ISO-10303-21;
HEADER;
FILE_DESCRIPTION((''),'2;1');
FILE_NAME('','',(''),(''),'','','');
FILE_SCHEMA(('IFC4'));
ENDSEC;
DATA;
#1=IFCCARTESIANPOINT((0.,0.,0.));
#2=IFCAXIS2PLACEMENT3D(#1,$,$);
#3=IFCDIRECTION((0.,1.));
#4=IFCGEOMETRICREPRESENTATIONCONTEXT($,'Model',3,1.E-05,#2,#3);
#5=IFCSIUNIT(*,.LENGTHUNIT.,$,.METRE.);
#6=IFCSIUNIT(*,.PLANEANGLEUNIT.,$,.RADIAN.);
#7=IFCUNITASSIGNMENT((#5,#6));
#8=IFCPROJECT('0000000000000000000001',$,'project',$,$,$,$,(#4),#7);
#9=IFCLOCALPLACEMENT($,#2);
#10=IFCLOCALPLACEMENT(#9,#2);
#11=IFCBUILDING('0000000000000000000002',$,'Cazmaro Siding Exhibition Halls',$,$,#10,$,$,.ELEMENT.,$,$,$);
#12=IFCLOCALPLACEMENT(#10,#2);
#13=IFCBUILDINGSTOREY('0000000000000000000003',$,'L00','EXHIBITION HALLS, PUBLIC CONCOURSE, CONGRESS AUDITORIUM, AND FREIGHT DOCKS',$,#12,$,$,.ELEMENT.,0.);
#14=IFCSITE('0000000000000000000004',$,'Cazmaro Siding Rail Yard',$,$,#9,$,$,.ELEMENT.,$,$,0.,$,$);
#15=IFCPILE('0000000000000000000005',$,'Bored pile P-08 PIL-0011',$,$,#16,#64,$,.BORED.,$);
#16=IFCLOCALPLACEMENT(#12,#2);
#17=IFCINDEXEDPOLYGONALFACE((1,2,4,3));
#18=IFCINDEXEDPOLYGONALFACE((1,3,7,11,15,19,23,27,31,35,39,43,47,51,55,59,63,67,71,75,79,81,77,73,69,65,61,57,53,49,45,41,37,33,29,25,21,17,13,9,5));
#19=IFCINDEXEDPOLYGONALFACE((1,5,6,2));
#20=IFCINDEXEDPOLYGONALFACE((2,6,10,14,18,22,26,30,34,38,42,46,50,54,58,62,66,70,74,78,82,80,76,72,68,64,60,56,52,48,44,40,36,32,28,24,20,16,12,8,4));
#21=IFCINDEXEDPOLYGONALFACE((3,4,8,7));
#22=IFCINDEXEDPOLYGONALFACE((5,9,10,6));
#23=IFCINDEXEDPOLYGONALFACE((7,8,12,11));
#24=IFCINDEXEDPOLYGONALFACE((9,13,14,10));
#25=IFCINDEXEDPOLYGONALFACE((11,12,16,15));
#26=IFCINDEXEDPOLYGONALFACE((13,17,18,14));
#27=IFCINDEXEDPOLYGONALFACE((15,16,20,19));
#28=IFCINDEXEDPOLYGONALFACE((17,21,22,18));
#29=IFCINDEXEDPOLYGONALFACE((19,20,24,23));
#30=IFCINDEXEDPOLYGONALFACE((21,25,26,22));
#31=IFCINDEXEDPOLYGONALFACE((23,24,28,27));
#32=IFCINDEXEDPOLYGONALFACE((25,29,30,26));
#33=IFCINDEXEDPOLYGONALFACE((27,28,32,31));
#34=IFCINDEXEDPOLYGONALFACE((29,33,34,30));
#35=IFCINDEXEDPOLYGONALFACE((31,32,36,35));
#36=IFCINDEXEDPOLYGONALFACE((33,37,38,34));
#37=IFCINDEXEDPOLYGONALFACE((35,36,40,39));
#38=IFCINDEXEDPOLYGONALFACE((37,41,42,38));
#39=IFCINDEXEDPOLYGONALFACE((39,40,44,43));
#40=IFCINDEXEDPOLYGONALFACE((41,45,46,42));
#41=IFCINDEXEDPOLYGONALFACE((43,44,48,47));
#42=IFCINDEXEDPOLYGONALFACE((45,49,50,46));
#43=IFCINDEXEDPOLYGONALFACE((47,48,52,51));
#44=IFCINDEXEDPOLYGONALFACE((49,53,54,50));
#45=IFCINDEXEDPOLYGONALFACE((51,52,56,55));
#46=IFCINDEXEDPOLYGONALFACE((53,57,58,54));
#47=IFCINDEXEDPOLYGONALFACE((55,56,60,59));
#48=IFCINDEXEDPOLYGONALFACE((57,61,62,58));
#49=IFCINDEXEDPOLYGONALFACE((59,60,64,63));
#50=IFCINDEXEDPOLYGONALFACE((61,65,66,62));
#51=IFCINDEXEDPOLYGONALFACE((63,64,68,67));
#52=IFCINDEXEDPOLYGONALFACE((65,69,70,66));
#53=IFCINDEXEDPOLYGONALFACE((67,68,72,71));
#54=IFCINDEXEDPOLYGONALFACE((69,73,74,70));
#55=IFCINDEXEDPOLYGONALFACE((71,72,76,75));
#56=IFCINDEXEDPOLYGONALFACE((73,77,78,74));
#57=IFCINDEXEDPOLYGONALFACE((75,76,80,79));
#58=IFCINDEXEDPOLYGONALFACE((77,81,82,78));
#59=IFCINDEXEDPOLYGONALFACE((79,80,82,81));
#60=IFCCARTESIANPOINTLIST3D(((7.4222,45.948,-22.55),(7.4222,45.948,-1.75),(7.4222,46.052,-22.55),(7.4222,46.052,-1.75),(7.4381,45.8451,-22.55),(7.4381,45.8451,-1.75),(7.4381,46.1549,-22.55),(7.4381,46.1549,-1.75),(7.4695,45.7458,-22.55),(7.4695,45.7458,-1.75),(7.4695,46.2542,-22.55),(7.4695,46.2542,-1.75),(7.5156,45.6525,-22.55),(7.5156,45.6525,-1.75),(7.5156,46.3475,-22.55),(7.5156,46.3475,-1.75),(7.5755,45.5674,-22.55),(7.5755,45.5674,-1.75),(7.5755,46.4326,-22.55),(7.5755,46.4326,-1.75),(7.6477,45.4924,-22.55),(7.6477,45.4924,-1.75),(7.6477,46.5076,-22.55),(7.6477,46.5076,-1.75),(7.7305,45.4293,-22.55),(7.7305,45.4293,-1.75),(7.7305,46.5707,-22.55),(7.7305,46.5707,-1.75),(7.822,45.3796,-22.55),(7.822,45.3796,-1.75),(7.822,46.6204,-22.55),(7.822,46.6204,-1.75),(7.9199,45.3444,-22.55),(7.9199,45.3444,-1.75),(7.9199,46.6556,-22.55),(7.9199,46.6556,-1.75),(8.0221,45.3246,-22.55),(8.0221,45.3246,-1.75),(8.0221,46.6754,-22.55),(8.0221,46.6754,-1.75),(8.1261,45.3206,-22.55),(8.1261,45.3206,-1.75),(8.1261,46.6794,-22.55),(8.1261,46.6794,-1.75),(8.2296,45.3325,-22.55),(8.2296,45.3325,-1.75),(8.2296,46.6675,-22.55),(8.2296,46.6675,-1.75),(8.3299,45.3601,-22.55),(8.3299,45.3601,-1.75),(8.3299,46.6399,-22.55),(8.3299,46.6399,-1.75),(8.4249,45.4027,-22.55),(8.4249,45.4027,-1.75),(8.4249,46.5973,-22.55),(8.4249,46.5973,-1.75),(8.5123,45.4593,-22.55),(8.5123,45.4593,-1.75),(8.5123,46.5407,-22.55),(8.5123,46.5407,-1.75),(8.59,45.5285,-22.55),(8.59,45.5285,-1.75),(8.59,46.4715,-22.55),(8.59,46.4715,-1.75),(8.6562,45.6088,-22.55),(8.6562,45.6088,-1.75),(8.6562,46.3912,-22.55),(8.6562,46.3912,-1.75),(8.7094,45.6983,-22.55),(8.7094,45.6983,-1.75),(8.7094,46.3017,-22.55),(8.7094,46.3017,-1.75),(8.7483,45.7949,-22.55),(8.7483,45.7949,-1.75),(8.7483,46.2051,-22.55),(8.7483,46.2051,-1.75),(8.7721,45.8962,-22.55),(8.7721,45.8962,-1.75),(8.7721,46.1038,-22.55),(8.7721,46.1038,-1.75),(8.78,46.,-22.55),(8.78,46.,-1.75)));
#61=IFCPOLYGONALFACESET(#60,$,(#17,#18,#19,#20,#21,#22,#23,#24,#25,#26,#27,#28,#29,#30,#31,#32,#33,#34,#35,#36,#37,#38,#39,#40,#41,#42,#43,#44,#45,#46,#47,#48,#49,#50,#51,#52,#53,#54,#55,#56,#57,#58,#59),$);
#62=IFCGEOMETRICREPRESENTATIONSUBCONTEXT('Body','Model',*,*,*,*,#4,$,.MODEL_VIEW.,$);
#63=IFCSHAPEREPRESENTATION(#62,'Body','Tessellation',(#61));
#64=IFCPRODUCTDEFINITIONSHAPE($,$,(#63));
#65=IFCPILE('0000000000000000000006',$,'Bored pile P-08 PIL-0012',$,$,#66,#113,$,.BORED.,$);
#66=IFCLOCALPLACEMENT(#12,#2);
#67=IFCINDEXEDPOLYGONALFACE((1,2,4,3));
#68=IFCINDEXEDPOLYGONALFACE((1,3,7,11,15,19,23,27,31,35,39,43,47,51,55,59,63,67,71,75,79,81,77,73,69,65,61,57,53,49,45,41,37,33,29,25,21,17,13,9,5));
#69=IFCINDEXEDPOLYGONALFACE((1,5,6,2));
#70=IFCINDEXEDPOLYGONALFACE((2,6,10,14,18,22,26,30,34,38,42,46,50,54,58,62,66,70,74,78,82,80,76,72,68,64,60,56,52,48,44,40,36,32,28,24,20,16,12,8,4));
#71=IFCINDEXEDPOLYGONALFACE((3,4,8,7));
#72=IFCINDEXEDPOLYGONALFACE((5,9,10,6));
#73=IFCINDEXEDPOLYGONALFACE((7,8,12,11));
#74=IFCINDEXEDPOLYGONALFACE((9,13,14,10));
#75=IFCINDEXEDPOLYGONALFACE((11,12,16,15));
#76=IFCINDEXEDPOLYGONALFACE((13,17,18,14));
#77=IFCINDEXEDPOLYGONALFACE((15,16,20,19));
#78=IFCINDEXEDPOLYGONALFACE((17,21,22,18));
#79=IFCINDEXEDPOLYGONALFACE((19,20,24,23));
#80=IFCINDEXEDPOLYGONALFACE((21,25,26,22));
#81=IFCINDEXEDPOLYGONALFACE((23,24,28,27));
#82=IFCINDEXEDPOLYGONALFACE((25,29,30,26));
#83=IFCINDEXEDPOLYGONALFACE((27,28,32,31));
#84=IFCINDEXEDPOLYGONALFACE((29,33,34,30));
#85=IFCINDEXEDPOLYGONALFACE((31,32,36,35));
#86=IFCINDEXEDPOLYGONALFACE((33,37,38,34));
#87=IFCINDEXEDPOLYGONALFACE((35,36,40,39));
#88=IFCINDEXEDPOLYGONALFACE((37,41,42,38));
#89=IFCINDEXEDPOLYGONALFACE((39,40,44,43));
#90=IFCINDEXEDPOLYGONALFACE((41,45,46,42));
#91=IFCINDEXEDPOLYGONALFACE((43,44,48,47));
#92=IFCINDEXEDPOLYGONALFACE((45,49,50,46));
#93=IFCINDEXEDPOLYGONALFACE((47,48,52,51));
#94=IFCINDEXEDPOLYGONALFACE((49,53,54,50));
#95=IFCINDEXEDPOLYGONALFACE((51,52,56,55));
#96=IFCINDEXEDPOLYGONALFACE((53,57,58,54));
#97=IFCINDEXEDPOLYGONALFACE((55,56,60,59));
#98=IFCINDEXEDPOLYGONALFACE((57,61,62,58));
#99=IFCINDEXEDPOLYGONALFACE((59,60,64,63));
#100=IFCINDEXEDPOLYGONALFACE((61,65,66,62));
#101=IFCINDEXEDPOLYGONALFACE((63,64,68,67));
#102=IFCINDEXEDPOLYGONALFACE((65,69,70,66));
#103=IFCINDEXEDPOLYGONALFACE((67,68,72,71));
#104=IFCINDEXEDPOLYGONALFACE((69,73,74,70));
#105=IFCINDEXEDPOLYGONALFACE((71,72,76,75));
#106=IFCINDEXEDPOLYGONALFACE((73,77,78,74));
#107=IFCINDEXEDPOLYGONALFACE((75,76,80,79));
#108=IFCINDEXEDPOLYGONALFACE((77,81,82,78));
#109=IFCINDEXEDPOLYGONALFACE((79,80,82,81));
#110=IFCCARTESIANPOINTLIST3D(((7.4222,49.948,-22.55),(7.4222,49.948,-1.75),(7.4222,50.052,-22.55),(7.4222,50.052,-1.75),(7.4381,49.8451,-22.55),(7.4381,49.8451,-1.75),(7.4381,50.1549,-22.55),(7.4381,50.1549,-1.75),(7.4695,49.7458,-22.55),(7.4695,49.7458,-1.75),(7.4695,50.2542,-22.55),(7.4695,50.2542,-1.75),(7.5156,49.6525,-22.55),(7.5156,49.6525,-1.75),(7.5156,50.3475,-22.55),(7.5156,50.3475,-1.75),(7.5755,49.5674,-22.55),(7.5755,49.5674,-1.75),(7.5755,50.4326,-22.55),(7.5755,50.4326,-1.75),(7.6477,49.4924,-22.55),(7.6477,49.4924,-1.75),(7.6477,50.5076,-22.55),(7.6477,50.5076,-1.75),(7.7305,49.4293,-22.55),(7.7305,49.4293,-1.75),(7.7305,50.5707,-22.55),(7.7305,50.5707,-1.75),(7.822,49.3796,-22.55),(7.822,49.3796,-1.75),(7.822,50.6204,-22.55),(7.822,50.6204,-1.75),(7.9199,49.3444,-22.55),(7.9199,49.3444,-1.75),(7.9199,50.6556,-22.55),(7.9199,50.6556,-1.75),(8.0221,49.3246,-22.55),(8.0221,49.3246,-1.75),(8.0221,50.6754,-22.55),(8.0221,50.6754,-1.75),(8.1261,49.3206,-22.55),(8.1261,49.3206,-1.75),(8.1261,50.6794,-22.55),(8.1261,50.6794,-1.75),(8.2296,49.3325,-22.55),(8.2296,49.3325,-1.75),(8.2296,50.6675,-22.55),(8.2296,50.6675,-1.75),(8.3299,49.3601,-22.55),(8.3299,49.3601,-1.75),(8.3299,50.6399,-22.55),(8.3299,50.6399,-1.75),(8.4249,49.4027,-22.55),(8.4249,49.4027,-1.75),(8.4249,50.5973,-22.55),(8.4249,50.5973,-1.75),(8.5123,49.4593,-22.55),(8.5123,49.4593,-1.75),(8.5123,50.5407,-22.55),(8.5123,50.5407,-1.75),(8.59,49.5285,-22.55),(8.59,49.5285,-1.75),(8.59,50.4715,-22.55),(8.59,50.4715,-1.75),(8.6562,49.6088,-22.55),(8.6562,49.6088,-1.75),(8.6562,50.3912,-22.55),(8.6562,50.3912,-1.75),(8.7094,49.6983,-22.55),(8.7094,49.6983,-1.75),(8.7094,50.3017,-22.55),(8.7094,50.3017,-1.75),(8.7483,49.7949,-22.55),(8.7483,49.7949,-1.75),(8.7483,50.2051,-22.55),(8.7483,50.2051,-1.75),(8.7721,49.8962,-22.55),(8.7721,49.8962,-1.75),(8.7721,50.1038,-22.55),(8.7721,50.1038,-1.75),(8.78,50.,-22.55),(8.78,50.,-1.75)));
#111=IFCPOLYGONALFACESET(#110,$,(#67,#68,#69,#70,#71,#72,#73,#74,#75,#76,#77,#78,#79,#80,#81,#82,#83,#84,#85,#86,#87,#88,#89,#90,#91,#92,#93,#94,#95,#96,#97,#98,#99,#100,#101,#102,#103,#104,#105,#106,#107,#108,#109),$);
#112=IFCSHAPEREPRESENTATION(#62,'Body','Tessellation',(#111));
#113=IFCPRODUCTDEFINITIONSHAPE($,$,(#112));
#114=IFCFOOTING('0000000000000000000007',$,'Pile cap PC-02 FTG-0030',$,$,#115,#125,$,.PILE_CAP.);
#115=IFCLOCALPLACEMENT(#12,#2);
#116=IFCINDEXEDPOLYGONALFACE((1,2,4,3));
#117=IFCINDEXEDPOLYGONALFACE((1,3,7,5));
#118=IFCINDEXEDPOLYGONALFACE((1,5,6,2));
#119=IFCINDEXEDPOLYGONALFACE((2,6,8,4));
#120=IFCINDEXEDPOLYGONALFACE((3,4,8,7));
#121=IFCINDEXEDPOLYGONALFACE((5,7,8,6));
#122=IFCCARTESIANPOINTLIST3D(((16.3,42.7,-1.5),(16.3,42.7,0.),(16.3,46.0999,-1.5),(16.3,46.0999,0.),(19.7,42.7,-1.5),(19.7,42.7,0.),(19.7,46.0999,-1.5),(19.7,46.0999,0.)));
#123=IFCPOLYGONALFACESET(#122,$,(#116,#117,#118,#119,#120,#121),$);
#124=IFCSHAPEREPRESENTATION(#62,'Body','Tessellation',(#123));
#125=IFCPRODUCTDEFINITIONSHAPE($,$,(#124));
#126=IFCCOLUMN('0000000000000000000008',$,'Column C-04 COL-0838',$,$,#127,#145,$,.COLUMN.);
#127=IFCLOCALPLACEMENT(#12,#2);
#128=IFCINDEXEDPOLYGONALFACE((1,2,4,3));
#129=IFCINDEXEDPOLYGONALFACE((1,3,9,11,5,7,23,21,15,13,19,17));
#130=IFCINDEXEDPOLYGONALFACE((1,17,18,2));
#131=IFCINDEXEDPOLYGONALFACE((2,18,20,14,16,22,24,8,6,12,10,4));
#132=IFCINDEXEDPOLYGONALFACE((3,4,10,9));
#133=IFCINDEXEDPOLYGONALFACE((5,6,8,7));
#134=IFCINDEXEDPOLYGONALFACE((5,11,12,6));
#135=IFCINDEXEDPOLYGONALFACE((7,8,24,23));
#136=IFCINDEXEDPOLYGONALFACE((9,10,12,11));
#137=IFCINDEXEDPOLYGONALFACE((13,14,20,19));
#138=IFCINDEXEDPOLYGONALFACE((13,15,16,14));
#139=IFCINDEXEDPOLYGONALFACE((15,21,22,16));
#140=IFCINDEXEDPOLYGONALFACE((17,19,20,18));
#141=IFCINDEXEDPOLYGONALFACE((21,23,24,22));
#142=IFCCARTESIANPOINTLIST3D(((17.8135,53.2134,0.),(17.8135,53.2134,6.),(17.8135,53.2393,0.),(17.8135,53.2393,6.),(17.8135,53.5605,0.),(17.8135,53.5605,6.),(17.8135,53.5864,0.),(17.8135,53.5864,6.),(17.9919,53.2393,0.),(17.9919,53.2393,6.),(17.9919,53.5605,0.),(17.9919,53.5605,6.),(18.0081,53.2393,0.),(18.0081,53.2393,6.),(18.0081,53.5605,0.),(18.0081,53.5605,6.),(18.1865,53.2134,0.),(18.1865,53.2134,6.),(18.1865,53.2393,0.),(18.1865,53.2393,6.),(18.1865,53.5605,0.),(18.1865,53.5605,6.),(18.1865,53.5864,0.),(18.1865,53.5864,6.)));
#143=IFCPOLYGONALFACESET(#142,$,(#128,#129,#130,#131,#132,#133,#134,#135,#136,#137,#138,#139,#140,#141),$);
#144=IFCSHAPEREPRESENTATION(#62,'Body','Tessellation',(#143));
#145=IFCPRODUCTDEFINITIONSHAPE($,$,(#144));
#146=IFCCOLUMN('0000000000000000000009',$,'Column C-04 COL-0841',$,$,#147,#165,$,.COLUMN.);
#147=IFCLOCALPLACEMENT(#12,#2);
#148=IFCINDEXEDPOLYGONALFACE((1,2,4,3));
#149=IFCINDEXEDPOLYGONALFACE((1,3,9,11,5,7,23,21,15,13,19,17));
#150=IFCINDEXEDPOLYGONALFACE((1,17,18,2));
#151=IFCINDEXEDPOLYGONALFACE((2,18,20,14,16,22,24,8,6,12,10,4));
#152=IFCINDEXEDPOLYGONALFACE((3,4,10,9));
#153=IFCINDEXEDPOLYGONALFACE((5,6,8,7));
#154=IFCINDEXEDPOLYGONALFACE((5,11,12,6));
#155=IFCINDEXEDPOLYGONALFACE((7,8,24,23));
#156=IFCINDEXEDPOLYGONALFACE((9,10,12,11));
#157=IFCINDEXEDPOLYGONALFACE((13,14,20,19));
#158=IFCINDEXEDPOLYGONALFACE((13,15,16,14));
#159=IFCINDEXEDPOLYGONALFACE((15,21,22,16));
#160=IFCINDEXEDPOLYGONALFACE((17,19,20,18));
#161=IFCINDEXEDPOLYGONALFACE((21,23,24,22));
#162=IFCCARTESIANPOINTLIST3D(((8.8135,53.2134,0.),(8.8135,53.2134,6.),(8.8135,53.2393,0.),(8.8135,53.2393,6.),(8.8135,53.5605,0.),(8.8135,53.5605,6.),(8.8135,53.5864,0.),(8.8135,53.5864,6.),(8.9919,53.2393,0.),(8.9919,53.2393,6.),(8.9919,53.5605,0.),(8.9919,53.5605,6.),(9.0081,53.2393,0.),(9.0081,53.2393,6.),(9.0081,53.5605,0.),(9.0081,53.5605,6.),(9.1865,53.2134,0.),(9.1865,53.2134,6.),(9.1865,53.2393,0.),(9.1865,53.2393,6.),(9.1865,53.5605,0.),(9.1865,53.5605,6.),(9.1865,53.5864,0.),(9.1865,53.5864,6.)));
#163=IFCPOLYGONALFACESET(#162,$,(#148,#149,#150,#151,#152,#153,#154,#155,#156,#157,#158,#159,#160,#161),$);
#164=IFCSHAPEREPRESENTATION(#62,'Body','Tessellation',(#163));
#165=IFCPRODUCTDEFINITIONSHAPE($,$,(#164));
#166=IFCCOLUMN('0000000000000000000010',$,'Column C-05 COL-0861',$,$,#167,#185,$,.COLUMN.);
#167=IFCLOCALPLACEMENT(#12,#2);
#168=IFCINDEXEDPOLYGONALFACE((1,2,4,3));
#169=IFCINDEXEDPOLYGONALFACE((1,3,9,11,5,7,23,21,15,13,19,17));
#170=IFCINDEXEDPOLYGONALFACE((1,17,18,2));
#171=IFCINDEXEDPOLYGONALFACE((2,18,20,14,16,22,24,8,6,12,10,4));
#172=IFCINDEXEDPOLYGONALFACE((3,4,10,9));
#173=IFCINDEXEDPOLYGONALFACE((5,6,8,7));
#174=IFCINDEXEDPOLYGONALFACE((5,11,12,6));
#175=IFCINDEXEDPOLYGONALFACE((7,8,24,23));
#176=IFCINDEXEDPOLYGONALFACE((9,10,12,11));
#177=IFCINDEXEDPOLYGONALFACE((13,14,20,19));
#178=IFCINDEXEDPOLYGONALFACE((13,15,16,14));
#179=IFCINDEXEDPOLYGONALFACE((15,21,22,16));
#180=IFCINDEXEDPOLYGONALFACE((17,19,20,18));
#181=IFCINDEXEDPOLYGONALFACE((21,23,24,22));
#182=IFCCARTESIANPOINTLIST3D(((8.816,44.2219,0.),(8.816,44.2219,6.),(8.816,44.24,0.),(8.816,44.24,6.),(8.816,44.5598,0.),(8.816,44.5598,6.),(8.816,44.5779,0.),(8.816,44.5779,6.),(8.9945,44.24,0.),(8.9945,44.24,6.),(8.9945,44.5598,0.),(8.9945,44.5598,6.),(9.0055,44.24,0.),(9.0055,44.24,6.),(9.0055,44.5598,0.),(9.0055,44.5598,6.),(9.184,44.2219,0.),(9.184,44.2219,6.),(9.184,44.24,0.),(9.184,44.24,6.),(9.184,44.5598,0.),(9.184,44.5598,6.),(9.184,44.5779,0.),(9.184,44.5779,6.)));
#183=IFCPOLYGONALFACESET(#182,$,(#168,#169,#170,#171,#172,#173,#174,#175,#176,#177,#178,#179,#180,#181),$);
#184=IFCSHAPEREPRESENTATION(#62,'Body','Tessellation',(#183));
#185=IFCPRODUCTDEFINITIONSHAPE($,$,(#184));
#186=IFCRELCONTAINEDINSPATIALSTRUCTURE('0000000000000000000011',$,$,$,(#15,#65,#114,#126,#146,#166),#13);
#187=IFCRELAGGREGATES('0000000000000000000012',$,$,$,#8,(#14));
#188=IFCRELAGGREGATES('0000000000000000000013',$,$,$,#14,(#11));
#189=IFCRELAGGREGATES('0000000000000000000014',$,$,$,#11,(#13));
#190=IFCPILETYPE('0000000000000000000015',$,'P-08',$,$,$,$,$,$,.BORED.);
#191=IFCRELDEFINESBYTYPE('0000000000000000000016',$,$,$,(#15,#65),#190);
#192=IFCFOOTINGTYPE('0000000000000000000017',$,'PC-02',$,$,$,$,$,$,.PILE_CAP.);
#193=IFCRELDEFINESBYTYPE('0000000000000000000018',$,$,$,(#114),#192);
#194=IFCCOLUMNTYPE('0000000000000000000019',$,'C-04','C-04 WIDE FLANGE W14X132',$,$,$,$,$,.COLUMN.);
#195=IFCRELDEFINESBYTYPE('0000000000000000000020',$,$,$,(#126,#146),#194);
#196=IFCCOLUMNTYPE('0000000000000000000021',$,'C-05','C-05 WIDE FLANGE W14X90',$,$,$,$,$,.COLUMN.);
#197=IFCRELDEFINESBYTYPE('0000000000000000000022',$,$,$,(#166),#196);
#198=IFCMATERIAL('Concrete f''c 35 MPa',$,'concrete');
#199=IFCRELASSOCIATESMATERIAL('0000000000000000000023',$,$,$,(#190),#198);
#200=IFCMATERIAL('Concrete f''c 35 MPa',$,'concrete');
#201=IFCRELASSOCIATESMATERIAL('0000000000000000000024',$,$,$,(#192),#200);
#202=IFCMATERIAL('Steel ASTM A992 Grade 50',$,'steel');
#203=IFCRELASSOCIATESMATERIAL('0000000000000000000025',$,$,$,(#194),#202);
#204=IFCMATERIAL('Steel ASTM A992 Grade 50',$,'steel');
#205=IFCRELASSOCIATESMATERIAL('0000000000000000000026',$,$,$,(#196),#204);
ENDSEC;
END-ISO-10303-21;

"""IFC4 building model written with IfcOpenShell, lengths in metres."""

from ifc_helpers import new_model, si_unit, direction, frame, origin, origin_2d, place, context, subcontext, project, spatial, rectangle, circle, i_section, extrude, material, material_profile, profile_set, type_object, element, save


model = new_model("IFC4")

# Units and contexts
model_context = context("Model", 3, precision=1e-05, world=origin(), true_north=direction((0.0, 1.0)))
body_context = subcontext(model_context, "Body", "Model", "MODEL_VIEW")
ifc_project = project(units=[si_unit("LENGTHUNIT", "METRE"), si_unit("PLANEANGLEUNIT", "RADIAN")], contexts=[model_context])

# Site, building, storey
site_placement = place(None, origin())
site = spatial("IfcSite", under=ifc_project, at=site_placement, Name="Cazmaro Siding Rail Yard", CompositionType="ELEMENT", RefElevation=0.0)
building_placement = place(site_placement, origin())
building = spatial("IfcBuilding", under=site, at=building_placement, Name="Cazmaro Siding Exhibition Halls", CompositionType="ELEMENT")
storey_placement = place(building_placement, origin())
storey = spatial("IfcBuildingStorey", under=building, at=storey_placement, Name="L00", Description="EXHIBITION HALLS, PUBLIC CONCOURSE, CONGRESS AUDITORIUM, AND FREIGHT DOCKS", CompositionType="ELEMENT", Elevation=0.0)

# Piles
ifc_material_1 = material(Name="Concrete f'c 35 MPa", Category="concrete")
ifc_material_profile_1 = material_profile(ifc_material_1, circle(Radius=0.6799, at=origin_2d()), Name="CIDH-1360")
ifc_profile_set_1 = profile_set([ifc_material_profile_1], Name="Concrete f'c 35 MPa")
pile_type_1 = type_object("IfcPileType", Name="P-08", PredefinedType="BORED", material=ifc_profile_set_1)
for number, where, z_axis, x_axis, name in (
    (1, (8.1001, 46.0, -1.75), (0.0, 0.0, -1.0), (1.0, 0.0, 0.0), "Bored pile P-08 PIL-0011"),
    (2, (8.1001, 50.0, -1.75), (0.0, 0.0, -1.0), (1.0, 0.0, 0.0), "Bored pile P-08 PIL-0012"),
):
    element("IfcPile", number, at=place(storey_placement, frame(where, z_axis=z_axis, x_axis=x_axis)), inside=storey, type_object=pile_type_1, Name=name, PredefinedType="BORED", context=body_context, shape_type="SweptSolid", body=[
        extrude(circle(Radius=0.6799, at=origin_2d()), origin(), (0.0, 0.0, 1.0), 20.8),
    ])

# Footing
ifc_material_2 = material(Name="Concrete f'c 35 MPa", Category="concrete")
footing_type = type_object("IfcFootingType", Name="PC-02", PredefinedType="PILE_CAP", material=ifc_material_2)
footing_placement = place(storey_placement, frame((18.0, 44.3999, -1.5), z_axis=(0.0, 0.0, 1.0), x_axis=(1.0, 0.0, 0.0)))
element("IfcFooting", 3, at=footing_placement, inside=storey, type_object=footing_type, Name="Pile cap PC-02 FTG-0030", PredefinedType="PILE_CAP", context=body_context, shape_type="SweptSolid", body=[
    extrude(rectangle(XDim=3.3999, YDim=3.3999, at=origin_2d()), origin(), (0.0, 0.0, 1.0), 1.5),
])

# Columns
ifc_material_3 = material(Name="Steel ASTM A992 Grade 50", Category="steel")
ifc_material_profile_2 = material_profile(ifc_material_3, i_section(OverallWidth=0.373, OverallDepth=0.373, WebThickness=0.0161, FlangeThickness=0.0259, at=origin_2d()), Name="W14X132")
ifc_profile_set_2 = profile_set([ifc_material_profile_2], Name="Steel ASTM A992 Grade 50")
column_type_1 = type_object("IfcColumnType", Name="C-04", Description="C-04 WIDE FLANGE W14X132", PredefinedType="COLUMN", material=ifc_profile_set_2)
for number, where, z_axis, x_axis, name in (
    (4, (18.0, 53.3999, 0.0), (0.0, 0.0, 1.0), (1.0, 0.0, 0.0), "Column C-04 COL-0838"),
    (5, (9.0, 53.3999, 0.0), (0.0, 0.0, 1.0), (1.0, 0.0, 0.0), "Column C-04 COL-0841"),
):
    element("IfcColumn", number, at=place(storey_placement, frame(where, z_axis=z_axis, x_axis=x_axis)), inside=storey, type_object=column_type_1, Name=name, PredefinedType="COLUMN", context=body_context, shape_type="SweptSolid", body=[
        extrude(i_section(OverallWidth=0.373, OverallDepth=0.373, WebThickness=0.0161, FlangeThickness=0.0259, at=origin_2d()), origin(), (0.0, 0.0, 1.0), 6.0),
    ])
ifc_material_4 = material(Name="Steel ASTM A992 Grade 50", Category="steel")
ifc_material_profile_3 = material_profile(ifc_material_4, i_section(OverallWidth=0.3679, OverallDepth=0.356, WebThickness=0.011, FlangeThickness=0.0181, at=origin_2d()), Name="W14X90")
ifc_profile_set_3 = profile_set([ifc_material_profile_3], Name="Steel ASTM A992 Grade 50")
column_type_2 = type_object("IfcColumnType", Name="C-05", Description="C-05 WIDE FLANGE W14X90", PredefinedType="COLUMN", material=ifc_profile_set_3)
for number, where, z_axis, x_axis, name in (
    (6, (9.0, 44.3999, 0.0), (0.0, 0.0, 1.0), (1.0, 0.0, 0.0), "Column C-05 COL-0861"),
):
    element("IfcColumn", number, at=place(storey_placement, frame(where, z_axis=z_axis, x_axis=x_axis)), inside=storey, type_object=column_type_2, Name=name, PredefinedType="COLUMN", context=body_context, shape_type="SweptSolid", body=[
        extrude(i_section(OverallWidth=0.3679, OverallDepth=0.356, WebThickness=0.011, FlangeThickness=0.0181, at=origin_2d()), origin(), (0.0, 0.0, 1.0), 6.0),
    ])

save(model, "model.ifc")
